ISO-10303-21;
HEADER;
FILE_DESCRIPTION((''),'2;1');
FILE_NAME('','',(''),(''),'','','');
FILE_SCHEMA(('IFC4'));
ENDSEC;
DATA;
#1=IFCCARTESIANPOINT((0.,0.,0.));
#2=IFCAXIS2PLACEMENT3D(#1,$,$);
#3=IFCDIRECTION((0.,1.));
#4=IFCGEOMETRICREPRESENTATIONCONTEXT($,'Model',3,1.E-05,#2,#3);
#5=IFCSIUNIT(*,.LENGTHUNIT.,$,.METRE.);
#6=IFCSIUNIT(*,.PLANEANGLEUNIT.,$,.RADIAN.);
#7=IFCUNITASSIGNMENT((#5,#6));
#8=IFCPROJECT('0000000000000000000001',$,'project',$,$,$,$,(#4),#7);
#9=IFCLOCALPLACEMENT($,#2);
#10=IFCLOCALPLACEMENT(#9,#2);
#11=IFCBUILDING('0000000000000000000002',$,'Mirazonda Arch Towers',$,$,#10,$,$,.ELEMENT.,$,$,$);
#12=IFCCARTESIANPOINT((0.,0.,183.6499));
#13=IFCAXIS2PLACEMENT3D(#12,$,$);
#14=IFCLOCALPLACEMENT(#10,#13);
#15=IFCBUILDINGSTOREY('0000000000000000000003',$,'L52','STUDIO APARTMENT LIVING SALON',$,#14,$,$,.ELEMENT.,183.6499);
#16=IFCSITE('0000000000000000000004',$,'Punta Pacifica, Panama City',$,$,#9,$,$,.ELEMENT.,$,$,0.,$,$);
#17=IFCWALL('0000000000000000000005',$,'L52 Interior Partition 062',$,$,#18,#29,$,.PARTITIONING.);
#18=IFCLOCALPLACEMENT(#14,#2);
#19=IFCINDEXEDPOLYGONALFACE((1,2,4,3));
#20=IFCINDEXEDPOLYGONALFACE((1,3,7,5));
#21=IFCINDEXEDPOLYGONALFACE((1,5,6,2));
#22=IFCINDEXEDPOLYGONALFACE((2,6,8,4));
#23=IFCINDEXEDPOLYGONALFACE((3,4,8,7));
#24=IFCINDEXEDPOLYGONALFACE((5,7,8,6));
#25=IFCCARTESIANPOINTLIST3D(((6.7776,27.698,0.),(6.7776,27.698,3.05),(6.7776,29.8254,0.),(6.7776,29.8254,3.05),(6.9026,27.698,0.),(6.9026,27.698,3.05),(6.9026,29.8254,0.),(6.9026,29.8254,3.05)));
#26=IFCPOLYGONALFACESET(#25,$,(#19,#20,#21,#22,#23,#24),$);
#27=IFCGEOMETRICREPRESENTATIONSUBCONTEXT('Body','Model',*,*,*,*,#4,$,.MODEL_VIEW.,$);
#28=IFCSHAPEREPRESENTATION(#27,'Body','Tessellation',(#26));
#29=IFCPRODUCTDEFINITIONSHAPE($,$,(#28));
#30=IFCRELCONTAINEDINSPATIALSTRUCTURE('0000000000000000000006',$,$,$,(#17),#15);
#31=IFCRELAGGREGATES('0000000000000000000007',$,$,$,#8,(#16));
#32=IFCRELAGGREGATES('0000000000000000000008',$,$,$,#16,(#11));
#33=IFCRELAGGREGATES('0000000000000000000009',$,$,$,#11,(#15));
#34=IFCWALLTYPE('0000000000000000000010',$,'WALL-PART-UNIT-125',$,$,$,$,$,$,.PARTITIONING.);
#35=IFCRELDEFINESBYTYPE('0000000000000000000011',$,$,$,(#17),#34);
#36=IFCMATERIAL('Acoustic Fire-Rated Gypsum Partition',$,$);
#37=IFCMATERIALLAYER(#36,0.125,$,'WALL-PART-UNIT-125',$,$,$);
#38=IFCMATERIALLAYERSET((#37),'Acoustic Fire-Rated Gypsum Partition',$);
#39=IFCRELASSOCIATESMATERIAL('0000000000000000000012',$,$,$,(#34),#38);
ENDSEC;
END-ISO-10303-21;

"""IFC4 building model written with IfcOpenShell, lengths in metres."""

from ifc_helpers import new_model, si_unit, direction, frame, frame_2d, origin, place, context, subcontext, project, spatial, rectangle, extrude, material, layer, layer_set, type_object, element, save


model = new_model("IFC4")

# Units and contexts
model_context = context("Model", 3, precision=1e-05, world=origin(), true_north=direction((0.0, 1.0)))
body_context = subcontext(model_context, "Body", "Model", "MODEL_VIEW")
ifc_project = project(units=[si_unit("LENGTHUNIT", "METRE"), si_unit("PLANEANGLEUNIT", "RADIAN")], contexts=[model_context])

# Site, building, storey
site_placement = place(None, origin())
site = spatial("IfcSite", under=ifc_project, at=site_placement, Name="Punta Pacifica, Panama City", CompositionType="ELEMENT", RefElevation=0.0)
building_placement = place(site_placement, origin())
building = spatial("IfcBuilding", under=site, at=building_placement, Name="Mirazonda Arch Towers", CompositionType="ELEMENT")
storey_placement = place(building_placement, frame((0.0, 0.0, 183.6499)))
storey = spatial("IfcBuildingStorey", under=building, at=storey_placement, Name="L52", Description="STUDIO APARTMENT LIVING SALON", CompositionType="ELEMENT", Elevation=183.6499)

# Wall
ifc_material_1 = material(Name="Acoustic Fire-Rated Gypsum Partition")
ifc_layer_1 = layer(ifc_material_1, 0.125, Name="WALL-PART-UNIT-125")
ifc_layer_set_1 = layer_set([ifc_layer_1], Name="Acoustic Fire-Rated Gypsum Partition")
wall_type_1 = type_object("IfcWallType", Name="WALL-PART-UNIT-125", PredefinedType="PARTITIONING", material=ifc_layer_set_1)
wall_1_placement = place(storey_placement, frame((6.8401, 27.698, 0.0), z_axis=(0.0, 0.0, 1.0), x_axis=(0.0, 1.0, 0.0)))
element("IfcWall", 1, at=wall_1_placement, inside=storey, type_object=wall_type_1, Name="L52 Interior Partition 062", PredefinedType="PARTITIONING", context=body_context, shape_type="SweptSolid", body=[
    extrude(rectangle(XDim=2.1274, YDim=0.125, at=frame_2d((1.0637, 0.0))), origin(), (0.0, 0.0, 1.0), 3.05),
])

save(model, "model.ifc")
